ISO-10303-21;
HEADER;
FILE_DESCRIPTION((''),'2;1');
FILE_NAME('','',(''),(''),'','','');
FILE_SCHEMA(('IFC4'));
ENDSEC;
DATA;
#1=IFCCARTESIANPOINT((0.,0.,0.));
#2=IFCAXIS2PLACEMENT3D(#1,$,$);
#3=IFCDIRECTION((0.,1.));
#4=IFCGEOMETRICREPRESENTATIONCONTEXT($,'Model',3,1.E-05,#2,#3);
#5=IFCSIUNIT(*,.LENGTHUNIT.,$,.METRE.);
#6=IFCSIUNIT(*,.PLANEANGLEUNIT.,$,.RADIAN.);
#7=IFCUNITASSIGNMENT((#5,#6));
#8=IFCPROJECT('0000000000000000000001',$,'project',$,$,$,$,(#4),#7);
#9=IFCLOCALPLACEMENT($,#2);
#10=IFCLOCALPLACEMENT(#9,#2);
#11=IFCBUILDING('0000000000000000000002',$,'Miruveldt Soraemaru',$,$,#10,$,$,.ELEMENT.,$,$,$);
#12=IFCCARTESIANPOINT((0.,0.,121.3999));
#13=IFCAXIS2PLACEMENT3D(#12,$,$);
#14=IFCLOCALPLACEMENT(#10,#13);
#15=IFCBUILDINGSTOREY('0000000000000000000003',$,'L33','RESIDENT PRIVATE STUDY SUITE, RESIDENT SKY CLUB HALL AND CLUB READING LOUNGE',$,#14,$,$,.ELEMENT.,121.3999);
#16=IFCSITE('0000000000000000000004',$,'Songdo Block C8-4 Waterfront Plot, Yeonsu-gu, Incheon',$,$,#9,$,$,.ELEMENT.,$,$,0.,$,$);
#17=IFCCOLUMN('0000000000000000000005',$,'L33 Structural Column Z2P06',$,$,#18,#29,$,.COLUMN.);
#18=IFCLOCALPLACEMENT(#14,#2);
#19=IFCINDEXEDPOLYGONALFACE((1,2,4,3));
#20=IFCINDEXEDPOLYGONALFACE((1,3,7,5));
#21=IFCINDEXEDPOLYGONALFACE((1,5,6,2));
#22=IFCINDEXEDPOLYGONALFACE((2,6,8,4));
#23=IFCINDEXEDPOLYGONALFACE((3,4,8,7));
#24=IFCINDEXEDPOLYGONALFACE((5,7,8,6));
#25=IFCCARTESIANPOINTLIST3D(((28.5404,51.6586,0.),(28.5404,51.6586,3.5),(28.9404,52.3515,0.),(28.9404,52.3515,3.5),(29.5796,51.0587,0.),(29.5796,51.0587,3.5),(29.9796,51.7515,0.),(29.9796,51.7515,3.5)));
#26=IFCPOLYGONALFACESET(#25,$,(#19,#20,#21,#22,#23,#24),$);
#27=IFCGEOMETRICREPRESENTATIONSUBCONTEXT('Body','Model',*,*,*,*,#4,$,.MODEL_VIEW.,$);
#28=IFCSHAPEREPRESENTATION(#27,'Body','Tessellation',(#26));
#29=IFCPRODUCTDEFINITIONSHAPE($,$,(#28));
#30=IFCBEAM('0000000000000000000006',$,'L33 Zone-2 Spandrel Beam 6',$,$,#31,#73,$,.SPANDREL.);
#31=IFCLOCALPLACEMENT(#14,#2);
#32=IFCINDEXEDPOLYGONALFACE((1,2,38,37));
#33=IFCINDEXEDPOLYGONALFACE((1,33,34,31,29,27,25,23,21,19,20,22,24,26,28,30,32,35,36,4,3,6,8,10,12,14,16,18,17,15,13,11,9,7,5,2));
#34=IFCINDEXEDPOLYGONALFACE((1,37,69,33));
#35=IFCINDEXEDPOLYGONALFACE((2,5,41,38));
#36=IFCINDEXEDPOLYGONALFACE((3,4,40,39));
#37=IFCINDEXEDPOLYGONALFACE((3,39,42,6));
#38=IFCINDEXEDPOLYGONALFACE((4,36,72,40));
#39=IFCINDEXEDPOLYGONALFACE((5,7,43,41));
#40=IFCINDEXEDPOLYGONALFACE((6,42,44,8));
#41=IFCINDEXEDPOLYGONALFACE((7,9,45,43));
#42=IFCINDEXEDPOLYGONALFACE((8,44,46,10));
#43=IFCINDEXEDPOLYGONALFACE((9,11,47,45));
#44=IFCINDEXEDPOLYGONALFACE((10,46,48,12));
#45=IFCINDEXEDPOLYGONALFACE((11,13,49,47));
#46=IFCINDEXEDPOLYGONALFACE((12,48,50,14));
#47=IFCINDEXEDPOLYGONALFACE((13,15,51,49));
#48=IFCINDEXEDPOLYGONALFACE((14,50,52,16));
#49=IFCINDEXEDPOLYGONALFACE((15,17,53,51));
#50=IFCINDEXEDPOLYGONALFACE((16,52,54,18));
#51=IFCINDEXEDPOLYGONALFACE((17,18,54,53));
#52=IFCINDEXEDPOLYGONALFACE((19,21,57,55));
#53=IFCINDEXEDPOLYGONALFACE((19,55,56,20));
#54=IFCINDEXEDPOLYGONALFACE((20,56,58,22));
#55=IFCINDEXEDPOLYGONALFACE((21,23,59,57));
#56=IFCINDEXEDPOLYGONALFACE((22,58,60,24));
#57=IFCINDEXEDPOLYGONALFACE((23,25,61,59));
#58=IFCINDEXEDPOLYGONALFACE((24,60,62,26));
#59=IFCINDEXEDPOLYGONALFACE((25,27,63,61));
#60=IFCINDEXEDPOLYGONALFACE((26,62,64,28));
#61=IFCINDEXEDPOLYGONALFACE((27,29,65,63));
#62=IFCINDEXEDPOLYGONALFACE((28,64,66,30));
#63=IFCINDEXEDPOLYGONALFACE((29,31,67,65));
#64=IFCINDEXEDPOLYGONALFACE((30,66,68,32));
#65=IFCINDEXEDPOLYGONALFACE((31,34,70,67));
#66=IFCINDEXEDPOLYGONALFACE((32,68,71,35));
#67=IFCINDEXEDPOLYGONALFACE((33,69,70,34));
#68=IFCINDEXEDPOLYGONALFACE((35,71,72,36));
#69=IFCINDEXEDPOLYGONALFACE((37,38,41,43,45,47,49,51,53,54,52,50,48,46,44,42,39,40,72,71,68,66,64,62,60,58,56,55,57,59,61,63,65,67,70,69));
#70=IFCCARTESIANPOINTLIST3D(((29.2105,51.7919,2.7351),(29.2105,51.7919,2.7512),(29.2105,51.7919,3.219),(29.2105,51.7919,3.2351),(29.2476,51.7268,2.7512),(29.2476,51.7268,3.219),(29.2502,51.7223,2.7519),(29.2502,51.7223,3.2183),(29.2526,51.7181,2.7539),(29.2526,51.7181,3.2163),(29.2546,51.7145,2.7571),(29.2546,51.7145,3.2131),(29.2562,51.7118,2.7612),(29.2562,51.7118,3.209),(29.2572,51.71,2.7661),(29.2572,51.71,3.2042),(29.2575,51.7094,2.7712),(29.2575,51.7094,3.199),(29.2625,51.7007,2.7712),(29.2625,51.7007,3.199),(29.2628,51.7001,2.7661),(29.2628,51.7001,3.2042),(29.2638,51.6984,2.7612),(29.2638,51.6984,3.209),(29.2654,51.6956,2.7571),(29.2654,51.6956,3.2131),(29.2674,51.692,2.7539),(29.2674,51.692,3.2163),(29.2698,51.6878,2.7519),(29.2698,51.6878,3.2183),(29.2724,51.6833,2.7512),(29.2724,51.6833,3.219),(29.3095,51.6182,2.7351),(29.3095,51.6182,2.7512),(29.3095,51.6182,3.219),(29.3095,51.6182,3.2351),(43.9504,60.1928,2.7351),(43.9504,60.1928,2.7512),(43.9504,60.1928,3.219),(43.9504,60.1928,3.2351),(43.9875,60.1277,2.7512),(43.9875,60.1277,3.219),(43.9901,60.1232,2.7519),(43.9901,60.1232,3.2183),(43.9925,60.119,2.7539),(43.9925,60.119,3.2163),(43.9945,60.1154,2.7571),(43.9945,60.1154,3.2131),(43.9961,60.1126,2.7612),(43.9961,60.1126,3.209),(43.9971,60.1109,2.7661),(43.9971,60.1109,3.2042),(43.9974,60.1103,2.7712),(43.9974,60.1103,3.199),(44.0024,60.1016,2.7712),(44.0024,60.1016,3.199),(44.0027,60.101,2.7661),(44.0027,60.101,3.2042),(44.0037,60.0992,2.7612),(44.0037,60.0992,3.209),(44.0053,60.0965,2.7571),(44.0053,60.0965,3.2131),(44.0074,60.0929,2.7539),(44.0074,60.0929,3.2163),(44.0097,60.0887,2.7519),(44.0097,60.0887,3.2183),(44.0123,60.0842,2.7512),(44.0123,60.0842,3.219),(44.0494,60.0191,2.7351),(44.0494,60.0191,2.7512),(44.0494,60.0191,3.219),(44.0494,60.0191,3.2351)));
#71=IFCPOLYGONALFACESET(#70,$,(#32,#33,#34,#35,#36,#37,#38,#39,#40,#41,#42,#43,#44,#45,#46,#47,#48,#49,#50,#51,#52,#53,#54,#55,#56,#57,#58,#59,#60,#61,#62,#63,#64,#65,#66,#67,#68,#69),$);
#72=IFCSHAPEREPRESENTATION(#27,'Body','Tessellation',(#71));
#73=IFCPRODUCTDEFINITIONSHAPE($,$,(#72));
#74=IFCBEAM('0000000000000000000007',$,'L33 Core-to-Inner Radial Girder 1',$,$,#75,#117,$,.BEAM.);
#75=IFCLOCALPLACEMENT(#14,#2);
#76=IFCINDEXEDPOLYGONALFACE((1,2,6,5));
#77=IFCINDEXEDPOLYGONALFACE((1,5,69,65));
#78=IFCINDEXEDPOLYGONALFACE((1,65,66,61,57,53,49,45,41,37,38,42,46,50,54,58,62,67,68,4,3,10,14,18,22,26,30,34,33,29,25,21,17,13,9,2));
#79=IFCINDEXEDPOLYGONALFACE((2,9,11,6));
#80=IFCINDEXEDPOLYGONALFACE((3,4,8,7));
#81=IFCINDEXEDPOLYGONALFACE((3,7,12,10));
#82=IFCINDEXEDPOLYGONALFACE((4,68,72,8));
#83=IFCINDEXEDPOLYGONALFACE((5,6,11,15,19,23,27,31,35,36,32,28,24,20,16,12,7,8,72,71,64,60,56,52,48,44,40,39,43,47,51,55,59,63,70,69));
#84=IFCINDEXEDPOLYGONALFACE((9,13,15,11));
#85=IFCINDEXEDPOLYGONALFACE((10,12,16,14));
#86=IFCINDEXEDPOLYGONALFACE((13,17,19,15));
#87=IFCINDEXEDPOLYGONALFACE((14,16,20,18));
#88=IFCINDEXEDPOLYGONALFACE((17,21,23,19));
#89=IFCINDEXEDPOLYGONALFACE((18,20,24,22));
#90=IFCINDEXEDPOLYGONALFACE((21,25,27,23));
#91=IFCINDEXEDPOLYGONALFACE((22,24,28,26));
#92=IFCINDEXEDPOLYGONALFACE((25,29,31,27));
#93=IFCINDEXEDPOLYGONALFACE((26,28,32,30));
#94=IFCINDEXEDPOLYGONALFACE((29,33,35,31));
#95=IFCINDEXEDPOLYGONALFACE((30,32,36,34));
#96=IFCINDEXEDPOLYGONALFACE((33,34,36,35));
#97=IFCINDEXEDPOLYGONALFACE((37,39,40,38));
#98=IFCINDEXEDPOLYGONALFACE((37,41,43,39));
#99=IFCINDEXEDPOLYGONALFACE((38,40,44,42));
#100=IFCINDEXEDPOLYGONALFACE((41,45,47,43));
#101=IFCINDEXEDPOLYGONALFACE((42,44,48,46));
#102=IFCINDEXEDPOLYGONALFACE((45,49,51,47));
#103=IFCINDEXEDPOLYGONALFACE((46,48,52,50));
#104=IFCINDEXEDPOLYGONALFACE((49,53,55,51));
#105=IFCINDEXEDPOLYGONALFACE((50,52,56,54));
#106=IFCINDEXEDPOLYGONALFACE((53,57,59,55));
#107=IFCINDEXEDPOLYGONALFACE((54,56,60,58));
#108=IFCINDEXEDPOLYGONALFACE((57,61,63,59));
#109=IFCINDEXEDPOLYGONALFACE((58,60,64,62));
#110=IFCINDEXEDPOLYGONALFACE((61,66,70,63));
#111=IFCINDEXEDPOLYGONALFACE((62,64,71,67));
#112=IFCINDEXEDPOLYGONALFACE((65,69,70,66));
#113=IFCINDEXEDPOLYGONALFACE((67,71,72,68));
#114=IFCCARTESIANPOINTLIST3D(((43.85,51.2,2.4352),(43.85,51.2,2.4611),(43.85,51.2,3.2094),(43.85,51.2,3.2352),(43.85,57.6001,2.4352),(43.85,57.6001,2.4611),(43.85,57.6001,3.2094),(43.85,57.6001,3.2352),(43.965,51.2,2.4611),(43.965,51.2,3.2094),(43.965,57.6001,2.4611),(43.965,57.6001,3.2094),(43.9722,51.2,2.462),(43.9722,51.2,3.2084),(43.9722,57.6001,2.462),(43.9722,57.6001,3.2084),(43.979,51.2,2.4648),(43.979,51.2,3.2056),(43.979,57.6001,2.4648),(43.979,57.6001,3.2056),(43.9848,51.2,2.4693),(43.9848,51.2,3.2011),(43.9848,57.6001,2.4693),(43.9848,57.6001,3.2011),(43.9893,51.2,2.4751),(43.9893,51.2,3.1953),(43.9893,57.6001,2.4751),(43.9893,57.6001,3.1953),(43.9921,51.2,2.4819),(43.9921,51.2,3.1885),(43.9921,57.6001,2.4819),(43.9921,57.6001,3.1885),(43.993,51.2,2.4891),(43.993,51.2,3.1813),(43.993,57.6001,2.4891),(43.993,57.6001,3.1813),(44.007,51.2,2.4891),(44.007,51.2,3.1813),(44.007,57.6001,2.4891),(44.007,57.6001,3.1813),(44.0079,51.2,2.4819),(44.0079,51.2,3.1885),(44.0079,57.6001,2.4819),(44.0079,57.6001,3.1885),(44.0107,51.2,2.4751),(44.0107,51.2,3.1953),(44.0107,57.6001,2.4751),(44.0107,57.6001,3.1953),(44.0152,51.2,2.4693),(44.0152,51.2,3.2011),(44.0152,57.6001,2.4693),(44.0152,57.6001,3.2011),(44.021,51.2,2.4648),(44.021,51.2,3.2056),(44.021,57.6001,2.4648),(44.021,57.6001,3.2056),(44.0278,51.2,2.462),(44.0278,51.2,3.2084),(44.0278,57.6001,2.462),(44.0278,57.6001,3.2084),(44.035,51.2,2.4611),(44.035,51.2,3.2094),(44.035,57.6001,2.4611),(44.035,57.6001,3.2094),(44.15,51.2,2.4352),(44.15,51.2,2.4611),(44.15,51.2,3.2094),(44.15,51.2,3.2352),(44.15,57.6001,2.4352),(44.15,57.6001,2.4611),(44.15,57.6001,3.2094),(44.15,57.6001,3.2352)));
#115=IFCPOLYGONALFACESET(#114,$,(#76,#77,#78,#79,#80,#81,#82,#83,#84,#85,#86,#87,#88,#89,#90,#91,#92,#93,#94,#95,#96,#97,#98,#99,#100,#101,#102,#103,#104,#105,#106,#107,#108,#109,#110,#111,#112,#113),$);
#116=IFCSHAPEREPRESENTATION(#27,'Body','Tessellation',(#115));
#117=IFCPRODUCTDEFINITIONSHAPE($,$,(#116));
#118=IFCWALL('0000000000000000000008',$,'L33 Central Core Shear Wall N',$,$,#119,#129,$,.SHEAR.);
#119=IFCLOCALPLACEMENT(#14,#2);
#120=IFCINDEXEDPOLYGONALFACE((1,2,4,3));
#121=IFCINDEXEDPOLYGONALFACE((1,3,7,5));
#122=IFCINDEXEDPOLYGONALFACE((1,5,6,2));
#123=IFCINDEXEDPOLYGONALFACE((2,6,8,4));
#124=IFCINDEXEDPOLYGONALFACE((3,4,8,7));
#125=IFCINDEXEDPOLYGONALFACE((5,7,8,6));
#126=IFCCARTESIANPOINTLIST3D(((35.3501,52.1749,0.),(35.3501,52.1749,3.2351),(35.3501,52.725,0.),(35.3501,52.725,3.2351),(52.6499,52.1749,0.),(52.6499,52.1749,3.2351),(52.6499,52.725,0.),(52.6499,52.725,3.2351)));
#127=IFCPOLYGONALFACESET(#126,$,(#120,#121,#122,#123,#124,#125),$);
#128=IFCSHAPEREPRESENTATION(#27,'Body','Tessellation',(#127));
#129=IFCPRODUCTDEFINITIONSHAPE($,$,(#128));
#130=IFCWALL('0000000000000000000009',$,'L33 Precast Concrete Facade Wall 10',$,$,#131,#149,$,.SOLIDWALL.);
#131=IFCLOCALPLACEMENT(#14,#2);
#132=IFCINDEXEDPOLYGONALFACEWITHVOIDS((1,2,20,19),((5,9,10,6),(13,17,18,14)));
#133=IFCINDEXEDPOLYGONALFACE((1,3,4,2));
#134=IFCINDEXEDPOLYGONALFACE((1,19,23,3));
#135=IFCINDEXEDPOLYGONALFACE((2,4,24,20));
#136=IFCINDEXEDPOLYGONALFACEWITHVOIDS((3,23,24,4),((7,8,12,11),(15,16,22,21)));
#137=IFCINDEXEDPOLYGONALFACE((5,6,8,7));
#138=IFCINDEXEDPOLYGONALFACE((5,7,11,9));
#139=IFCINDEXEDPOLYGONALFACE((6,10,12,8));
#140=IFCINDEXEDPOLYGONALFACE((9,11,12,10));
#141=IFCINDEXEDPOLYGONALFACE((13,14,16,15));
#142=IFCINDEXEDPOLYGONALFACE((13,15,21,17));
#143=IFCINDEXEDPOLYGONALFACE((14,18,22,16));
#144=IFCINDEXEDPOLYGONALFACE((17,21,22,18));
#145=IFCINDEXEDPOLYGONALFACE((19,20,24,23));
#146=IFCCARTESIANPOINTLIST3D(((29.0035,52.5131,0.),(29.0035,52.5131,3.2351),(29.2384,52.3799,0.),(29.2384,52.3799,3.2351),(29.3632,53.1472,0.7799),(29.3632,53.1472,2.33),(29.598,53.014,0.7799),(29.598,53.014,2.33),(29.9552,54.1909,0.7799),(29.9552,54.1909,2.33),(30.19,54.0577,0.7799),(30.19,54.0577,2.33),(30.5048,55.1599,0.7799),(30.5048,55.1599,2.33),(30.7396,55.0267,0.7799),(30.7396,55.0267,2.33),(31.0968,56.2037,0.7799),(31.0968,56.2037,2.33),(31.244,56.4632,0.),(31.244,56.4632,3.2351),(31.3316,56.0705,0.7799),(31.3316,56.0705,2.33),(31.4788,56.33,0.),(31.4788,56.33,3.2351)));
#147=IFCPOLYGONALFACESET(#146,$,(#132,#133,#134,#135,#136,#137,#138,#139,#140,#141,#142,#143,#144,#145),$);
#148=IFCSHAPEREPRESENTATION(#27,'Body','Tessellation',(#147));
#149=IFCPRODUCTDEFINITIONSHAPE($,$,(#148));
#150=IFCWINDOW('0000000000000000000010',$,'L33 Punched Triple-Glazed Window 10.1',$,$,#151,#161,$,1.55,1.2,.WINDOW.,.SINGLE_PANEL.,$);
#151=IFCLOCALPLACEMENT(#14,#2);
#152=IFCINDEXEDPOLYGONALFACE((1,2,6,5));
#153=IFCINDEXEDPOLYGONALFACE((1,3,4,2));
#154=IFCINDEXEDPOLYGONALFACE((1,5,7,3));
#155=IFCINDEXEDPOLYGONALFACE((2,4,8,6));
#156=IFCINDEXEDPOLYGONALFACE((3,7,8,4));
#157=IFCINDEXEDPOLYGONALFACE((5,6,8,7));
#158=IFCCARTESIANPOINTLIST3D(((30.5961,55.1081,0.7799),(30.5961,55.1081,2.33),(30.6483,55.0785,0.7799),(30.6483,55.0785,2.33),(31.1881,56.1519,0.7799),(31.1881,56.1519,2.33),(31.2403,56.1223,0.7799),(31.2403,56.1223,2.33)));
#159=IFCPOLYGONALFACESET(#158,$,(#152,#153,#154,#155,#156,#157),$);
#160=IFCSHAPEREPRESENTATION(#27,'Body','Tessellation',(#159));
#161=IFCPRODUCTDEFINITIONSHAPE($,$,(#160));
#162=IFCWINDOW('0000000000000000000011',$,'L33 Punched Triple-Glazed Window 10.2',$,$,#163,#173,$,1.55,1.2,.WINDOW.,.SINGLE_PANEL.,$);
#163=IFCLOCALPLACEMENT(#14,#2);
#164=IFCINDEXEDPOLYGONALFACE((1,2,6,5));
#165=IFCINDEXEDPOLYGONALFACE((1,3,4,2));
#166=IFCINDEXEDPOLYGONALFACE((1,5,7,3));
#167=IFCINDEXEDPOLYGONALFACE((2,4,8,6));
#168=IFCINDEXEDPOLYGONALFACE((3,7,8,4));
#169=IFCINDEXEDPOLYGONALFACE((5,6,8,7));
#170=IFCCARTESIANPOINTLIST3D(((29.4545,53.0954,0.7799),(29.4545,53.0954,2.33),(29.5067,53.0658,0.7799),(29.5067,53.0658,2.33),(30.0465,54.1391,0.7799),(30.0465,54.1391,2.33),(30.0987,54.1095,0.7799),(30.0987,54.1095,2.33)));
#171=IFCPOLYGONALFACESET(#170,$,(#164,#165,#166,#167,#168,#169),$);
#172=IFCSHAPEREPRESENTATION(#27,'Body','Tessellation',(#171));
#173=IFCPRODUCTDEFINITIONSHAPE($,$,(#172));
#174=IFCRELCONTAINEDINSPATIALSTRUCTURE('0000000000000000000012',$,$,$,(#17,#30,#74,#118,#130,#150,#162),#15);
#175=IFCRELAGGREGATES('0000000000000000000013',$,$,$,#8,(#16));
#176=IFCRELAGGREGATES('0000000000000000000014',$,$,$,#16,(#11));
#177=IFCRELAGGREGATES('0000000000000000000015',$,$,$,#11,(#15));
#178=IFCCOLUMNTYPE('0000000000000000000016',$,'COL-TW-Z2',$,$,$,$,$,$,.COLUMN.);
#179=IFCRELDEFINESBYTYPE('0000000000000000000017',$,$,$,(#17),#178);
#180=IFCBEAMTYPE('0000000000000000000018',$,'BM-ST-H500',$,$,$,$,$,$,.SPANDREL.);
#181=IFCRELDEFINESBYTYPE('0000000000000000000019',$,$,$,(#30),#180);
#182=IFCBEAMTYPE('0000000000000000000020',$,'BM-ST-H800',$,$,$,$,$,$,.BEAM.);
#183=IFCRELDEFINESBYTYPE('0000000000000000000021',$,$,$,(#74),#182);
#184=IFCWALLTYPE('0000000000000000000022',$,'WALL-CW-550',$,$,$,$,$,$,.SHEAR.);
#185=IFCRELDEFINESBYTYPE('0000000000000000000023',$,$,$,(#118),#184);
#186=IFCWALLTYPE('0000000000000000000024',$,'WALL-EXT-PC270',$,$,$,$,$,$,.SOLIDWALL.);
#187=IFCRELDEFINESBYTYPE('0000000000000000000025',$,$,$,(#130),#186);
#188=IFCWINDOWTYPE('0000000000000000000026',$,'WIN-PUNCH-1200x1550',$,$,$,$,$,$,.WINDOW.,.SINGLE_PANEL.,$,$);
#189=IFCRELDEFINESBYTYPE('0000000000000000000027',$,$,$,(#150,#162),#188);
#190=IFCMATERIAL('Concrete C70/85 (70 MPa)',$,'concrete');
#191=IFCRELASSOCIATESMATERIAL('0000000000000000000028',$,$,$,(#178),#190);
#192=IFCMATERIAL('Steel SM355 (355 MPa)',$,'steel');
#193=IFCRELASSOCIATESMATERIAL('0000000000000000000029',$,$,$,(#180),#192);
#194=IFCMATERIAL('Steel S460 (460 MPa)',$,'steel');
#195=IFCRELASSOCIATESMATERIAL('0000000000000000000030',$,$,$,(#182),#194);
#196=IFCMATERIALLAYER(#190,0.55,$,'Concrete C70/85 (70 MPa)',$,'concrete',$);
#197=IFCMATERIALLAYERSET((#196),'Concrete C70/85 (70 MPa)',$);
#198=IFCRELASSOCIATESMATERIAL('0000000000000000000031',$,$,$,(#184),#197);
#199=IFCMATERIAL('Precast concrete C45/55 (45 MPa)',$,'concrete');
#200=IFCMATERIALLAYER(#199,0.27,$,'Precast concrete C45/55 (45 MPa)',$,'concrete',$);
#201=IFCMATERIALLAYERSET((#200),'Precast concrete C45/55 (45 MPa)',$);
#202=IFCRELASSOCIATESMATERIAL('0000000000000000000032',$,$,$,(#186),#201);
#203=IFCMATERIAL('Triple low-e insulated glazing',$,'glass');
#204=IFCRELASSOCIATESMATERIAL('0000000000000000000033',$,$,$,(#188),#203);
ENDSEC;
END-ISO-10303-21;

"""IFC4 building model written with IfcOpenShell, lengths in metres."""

from ifc_helpers import new_model, si_unit, direction, frame, frame_2d, origin, origin_2d, place, context, subcontext, project, spatial, rectangle, i_section, extrude, material, layer, layer_set, material_profile, profile_set, type_object, element, fill, save


model = new_model("IFC4")

# Units and contexts
model_context = context("Model", 3, precision=1e-05, world=origin(), true_north=direction((0.0, 1.0)))
body_context = subcontext(model_context, "Body", "Model", "MODEL_VIEW")
ifc_project = project(units=[si_unit("LENGTHUNIT", "METRE"), si_unit("PLANEANGLEUNIT", "RADIAN")], contexts=[model_context])

# Site, building, storey
site_placement = place(None, origin())
site = spatial("IfcSite", under=ifc_project, at=site_placement, Name="Songdo Block C8-4 Waterfront Plot, Yeonsu-gu, Incheon", CompositionType="ELEMENT", RefElevation=0.0)
building_placement = place(site_placement, origin())
building = spatial("IfcBuilding", under=site, at=building_placement, Name="Miruveldt Soraemaru", CompositionType="ELEMENT")
storey_placement = place(building_placement, frame((0.0, 0.0, 121.3999)))
storey = spatial("IfcBuildingStorey", under=building, at=storey_placement, Name="L33", Description="RESIDENT PRIVATE STUDY SUITE, RESIDENT SKY CLUB HALL AND CLUB READING LOUNGE", CompositionType="ELEMENT", Elevation=121.3999)

# Column
ifc_material_1 = material(Name="Concrete C70/85 (70 MPa)", Category="concrete")
ifc_material_profile_1 = material_profile(ifc_material_1, rectangle(XDim=1.2, YDim=0.8, at=origin_2d()), Name="Concrete C70/85 (70 MPa)", Category="concrete")
ifc_profile_set_1 = profile_set([ifc_material_profile_1], Name="Concrete C70/85 (70 MPa)")
column_type = type_object("IfcColumnType", Name="COL-TW-Z2", PredefinedType="COLUMN", material=ifc_profile_set_1)
column_placement = place(storey_placement, frame((29.26, 51.7051, 0.0), z_axis=(0.0, 0.0, 1.0), x_axis=(-0.866025, 0.5, 0.0)))
element("IfcColumn", 1, at=column_placement, inside=storey, type_object=column_type, Name="L33 Structural Column Z2P06", PredefinedType="COLUMN", context=body_context, shape_type="SweptSolid", body=[
    extrude(rectangle(XDim=1.2, YDim=0.8, at=origin_2d()), origin(), (0.0, 0.0, 1.0), 3.5),
])

# Beams
ifc_material_2 = material(Name="Steel SM355 (355 MPa)", Category="steel")
ifc_material_profile_2 = material_profile(ifc_material_2, i_section(OverallWidth=0.2, OverallDepth=0.5, WebThickness=0.01, FlangeThickness=0.0161, FilletRadius=0.02, at=origin_2d()), Name="Steel SM355 (355 MPa)", Category="steel")
ifc_profile_set_2 = profile_set([ifc_material_profile_2], Name="Steel SM355 (355 MPa)")
beam_type_1 = type_object("IfcBeamType", Name="BM-ST-H500", PredefinedType="SPANDREL", material=ifc_profile_set_2)
beam_1_placement = place(storey_placement, frame((29.26, 51.7051, 2.9851), z_axis=(0.8688, 0.495162, 0.0), x_axis=(-0.495162, 0.8688, 0.0)))
element("IfcBeam", 2, at=beam_1_placement, inside=storey, type_object=beam_type_1, Name="L33 Zone-2 Spandrel Beam 6", PredefinedType="SPANDREL", context=body_context, shape_type="SweptSolid", body=[
    extrude(i_section(OverallWidth=0.2, OverallDepth=0.5, WebThickness=0.01, FlangeThickness=0.0161, FilletRadius=0.02, at=origin_2d()), origin(), (0.0, 0.0, 1.0), 16.9658),
])
ifc_material_3 = material(Name="Steel S460 (460 MPa)", Category="steel")
ifc_material_profile_3 = material_profile(ifc_material_3, i_section(OverallWidth=0.3, OverallDepth=0.8, WebThickness=0.0139, FlangeThickness=0.0259, FilletRadius=0.0281, at=origin_2d()), Name="Steel S460 (460 MPa)", Category="steel")
ifc_profile_set_3 = profile_set([ifc_material_profile_3], Name="Steel S460 (460 MPa)")
beam_type_2 = type_object("IfcBeamType", Name="BM-ST-H800", PredefinedType="BEAM", material=ifc_profile_set_3)
beam_2_placement = place(storey_placement, frame((44.0, 51.2, 2.8352), z_axis=(0.0, 1.0, 0.0), x_axis=(-1.0, 0.0, 0.0)))
element("IfcBeam", 3, at=beam_2_placement, inside=storey, type_object=beam_type_2, Name="L33 Core-to-Inner Radial Girder 1", PredefinedType="BEAM", context=body_context, shape_type="SweptSolid", body=[
    extrude(i_section(OverallWidth=0.3, OverallDepth=0.8, WebThickness=0.0139, FlangeThickness=0.0259, FilletRadius=0.0281, at=origin_2d()), origin(), (0.0, 0.0, 1.0), 6.4001),
])

# Wall
ifc_layer_1 = layer(ifc_material_1, 0.55, Name="Concrete C70/85 (70 MPa)", Category="concrete")
ifc_layer_set_1 = layer_set([ifc_layer_1], Name="Concrete C70/85 (70 MPa)")
wall_type_1 = type_object("IfcWallType", Name="WALL-CW-550", PredefinedType="SHEAR", material=ifc_layer_set_1)
wall_1_placement = place(storey_placement, frame((35.3501, 52.45, 0.0), z_axis=(0.0, 0.0, 1.0), x_axis=(1.0, 0.0, 0.0)))
element("IfcWall", 4, at=wall_1_placement, inside=storey, type_object=wall_type_1, Name="L33 Central Core Shear Wall N", PredefinedType="SHEAR", context=body_context, shape_type="SweptSolid", body=[
    extrude(rectangle(XDim=17.2998, YDim=0.55, at=frame_2d((8.6499, 0.0))), origin(), (0.0, 0.0, 1.0), 3.2351),
])

# Wall, openings, windows
ifc_material_4 = material(Name="Precast concrete C45/55 (45 MPa)", Category="concrete")
ifc_layer_2 = layer(ifc_material_4, 0.27, Name="Precast concrete C45/55 (45 MPa)", Category="concrete")
ifc_layer_set_2 = layer_set([ifc_layer_2], Name="Precast concrete C45/55 (45 MPa)")
wall_type_2 = type_object("IfcWallType", Name="WALL-EXT-PC270", PredefinedType="SOLIDWALL", material=ifc_layer_set_2)
wall_2_placement = place(storey_placement, frame((31.3613, 56.3965, 0.0), z_axis=(0.0, 0.0, 1.0), x_axis=(-0.493352, -0.86983, 0.0)))
wall_2 = element("IfcWall", 5, at=wall_2_placement, inside=storey, type_object=wall_type_2, Name="L33 Precast Concrete Facade Wall 10", PredefinedType="SOLIDWALL", context=body_context, shape_type="SweptSolid", body=[
    extrude(rectangle(XDim=4.5413, YDim=0.27, at=frame_2d((2.2705, 0.0))), origin(), (0.0, 0.0, 1.0), 3.2351),
])
opening_1_placement = place(wall_2_placement, frame((0.2981, 0.0, 0.78)))
opening_1 = element("IfcOpeningElement", 6, at=opening_1_placement, cuts=wall_2, PredefinedType="OPENING", context=body_context, shape_type="SweptSolid", body=[
    extrude(rectangle(XDim=1.2, YDim=1.55, at=frame_2d((0.6001, 0.7749))), frame((0.0, 0.145, 0.0), z_axis=(0.0, -1.0, 0.0), x_axis=(1.0, 0.0, 0.0)), (0.0, 0.0, 1.0), 0.29),
])
opening_2_placement = place(wall_2_placement, frame((2.6121, 0.0, 0.78)))
opening_2 = element("IfcOpeningElement", 7, at=opening_2_placement, cuts=wall_2, PredefinedType="OPENING", context=body_context, shape_type="SweptSolid", body=[
    extrude(rectangle(XDim=1.2, YDim=1.55, at=frame_2d((0.6001, 0.7749))), frame((0.0, 0.145, 0.0), z_axis=(0.0, -1.0, 0.0), x_axis=(1.0, 0.0, 0.0)), (0.0, 0.0, 1.0), 0.29),
])
ifc_material_5 = material(Name="Triple low-e insulated glazing", Category="glass")
window_type_1 = type_object("IfcWindowType", Name="WIN-PUNCH-1200x1550", PartitioningType="SINGLE_PANEL", PredefinedType="WINDOW", material=ifc_material_5)
window_1_placement = place(opening_1_placement, origin())
window_1 = element("IfcWindow", 8, at=window_1_placement, inside=storey, type_object=window_type_1, Name="L33 Punched Triple-Glazed Window 10.1", OverallHeight=1.55, OverallWidth=1.2, PartitioningType="SINGLE_PANEL", PredefinedType="WINDOW", context=body_context, shape_type="SweptSolid", body=[
    extrude(rectangle(XDim=1.2, YDim=1.55, at=frame_2d((0.6001, 0.7749))), frame((0.0, 0.03, 0.0), z_axis=(0.0, -1.0, 0.0), x_axis=(1.0, 0.0, 0.0)), (0.0, 0.0, 1.0), 0.0601),
])
fill(opening_1, window_1)
window_2_placement = place(opening_2_placement, origin())
window_2 = element("IfcWindow", 9, at=window_2_placement, inside=storey, type_object=window_type_1, Name="L33 Punched Triple-Glazed Window 10.2", OverallHeight=1.55, OverallWidth=1.2, PartitioningType="SINGLE_PANEL", PredefinedType="WINDOW", context=body_context, shape_type="SweptSolid", body=[
    extrude(rectangle(XDim=1.2, YDim=1.55, at=frame_2d((0.6001, 0.7749))), frame((0.0, 0.03, 0.0), z_axis=(0.0, -1.0, 0.0), x_axis=(1.0, 0.0, 0.0)), (0.0, 0.0, 1.0), 0.0601),
])
fill(opening_2, window_2)

save(model, "model.ifc")
